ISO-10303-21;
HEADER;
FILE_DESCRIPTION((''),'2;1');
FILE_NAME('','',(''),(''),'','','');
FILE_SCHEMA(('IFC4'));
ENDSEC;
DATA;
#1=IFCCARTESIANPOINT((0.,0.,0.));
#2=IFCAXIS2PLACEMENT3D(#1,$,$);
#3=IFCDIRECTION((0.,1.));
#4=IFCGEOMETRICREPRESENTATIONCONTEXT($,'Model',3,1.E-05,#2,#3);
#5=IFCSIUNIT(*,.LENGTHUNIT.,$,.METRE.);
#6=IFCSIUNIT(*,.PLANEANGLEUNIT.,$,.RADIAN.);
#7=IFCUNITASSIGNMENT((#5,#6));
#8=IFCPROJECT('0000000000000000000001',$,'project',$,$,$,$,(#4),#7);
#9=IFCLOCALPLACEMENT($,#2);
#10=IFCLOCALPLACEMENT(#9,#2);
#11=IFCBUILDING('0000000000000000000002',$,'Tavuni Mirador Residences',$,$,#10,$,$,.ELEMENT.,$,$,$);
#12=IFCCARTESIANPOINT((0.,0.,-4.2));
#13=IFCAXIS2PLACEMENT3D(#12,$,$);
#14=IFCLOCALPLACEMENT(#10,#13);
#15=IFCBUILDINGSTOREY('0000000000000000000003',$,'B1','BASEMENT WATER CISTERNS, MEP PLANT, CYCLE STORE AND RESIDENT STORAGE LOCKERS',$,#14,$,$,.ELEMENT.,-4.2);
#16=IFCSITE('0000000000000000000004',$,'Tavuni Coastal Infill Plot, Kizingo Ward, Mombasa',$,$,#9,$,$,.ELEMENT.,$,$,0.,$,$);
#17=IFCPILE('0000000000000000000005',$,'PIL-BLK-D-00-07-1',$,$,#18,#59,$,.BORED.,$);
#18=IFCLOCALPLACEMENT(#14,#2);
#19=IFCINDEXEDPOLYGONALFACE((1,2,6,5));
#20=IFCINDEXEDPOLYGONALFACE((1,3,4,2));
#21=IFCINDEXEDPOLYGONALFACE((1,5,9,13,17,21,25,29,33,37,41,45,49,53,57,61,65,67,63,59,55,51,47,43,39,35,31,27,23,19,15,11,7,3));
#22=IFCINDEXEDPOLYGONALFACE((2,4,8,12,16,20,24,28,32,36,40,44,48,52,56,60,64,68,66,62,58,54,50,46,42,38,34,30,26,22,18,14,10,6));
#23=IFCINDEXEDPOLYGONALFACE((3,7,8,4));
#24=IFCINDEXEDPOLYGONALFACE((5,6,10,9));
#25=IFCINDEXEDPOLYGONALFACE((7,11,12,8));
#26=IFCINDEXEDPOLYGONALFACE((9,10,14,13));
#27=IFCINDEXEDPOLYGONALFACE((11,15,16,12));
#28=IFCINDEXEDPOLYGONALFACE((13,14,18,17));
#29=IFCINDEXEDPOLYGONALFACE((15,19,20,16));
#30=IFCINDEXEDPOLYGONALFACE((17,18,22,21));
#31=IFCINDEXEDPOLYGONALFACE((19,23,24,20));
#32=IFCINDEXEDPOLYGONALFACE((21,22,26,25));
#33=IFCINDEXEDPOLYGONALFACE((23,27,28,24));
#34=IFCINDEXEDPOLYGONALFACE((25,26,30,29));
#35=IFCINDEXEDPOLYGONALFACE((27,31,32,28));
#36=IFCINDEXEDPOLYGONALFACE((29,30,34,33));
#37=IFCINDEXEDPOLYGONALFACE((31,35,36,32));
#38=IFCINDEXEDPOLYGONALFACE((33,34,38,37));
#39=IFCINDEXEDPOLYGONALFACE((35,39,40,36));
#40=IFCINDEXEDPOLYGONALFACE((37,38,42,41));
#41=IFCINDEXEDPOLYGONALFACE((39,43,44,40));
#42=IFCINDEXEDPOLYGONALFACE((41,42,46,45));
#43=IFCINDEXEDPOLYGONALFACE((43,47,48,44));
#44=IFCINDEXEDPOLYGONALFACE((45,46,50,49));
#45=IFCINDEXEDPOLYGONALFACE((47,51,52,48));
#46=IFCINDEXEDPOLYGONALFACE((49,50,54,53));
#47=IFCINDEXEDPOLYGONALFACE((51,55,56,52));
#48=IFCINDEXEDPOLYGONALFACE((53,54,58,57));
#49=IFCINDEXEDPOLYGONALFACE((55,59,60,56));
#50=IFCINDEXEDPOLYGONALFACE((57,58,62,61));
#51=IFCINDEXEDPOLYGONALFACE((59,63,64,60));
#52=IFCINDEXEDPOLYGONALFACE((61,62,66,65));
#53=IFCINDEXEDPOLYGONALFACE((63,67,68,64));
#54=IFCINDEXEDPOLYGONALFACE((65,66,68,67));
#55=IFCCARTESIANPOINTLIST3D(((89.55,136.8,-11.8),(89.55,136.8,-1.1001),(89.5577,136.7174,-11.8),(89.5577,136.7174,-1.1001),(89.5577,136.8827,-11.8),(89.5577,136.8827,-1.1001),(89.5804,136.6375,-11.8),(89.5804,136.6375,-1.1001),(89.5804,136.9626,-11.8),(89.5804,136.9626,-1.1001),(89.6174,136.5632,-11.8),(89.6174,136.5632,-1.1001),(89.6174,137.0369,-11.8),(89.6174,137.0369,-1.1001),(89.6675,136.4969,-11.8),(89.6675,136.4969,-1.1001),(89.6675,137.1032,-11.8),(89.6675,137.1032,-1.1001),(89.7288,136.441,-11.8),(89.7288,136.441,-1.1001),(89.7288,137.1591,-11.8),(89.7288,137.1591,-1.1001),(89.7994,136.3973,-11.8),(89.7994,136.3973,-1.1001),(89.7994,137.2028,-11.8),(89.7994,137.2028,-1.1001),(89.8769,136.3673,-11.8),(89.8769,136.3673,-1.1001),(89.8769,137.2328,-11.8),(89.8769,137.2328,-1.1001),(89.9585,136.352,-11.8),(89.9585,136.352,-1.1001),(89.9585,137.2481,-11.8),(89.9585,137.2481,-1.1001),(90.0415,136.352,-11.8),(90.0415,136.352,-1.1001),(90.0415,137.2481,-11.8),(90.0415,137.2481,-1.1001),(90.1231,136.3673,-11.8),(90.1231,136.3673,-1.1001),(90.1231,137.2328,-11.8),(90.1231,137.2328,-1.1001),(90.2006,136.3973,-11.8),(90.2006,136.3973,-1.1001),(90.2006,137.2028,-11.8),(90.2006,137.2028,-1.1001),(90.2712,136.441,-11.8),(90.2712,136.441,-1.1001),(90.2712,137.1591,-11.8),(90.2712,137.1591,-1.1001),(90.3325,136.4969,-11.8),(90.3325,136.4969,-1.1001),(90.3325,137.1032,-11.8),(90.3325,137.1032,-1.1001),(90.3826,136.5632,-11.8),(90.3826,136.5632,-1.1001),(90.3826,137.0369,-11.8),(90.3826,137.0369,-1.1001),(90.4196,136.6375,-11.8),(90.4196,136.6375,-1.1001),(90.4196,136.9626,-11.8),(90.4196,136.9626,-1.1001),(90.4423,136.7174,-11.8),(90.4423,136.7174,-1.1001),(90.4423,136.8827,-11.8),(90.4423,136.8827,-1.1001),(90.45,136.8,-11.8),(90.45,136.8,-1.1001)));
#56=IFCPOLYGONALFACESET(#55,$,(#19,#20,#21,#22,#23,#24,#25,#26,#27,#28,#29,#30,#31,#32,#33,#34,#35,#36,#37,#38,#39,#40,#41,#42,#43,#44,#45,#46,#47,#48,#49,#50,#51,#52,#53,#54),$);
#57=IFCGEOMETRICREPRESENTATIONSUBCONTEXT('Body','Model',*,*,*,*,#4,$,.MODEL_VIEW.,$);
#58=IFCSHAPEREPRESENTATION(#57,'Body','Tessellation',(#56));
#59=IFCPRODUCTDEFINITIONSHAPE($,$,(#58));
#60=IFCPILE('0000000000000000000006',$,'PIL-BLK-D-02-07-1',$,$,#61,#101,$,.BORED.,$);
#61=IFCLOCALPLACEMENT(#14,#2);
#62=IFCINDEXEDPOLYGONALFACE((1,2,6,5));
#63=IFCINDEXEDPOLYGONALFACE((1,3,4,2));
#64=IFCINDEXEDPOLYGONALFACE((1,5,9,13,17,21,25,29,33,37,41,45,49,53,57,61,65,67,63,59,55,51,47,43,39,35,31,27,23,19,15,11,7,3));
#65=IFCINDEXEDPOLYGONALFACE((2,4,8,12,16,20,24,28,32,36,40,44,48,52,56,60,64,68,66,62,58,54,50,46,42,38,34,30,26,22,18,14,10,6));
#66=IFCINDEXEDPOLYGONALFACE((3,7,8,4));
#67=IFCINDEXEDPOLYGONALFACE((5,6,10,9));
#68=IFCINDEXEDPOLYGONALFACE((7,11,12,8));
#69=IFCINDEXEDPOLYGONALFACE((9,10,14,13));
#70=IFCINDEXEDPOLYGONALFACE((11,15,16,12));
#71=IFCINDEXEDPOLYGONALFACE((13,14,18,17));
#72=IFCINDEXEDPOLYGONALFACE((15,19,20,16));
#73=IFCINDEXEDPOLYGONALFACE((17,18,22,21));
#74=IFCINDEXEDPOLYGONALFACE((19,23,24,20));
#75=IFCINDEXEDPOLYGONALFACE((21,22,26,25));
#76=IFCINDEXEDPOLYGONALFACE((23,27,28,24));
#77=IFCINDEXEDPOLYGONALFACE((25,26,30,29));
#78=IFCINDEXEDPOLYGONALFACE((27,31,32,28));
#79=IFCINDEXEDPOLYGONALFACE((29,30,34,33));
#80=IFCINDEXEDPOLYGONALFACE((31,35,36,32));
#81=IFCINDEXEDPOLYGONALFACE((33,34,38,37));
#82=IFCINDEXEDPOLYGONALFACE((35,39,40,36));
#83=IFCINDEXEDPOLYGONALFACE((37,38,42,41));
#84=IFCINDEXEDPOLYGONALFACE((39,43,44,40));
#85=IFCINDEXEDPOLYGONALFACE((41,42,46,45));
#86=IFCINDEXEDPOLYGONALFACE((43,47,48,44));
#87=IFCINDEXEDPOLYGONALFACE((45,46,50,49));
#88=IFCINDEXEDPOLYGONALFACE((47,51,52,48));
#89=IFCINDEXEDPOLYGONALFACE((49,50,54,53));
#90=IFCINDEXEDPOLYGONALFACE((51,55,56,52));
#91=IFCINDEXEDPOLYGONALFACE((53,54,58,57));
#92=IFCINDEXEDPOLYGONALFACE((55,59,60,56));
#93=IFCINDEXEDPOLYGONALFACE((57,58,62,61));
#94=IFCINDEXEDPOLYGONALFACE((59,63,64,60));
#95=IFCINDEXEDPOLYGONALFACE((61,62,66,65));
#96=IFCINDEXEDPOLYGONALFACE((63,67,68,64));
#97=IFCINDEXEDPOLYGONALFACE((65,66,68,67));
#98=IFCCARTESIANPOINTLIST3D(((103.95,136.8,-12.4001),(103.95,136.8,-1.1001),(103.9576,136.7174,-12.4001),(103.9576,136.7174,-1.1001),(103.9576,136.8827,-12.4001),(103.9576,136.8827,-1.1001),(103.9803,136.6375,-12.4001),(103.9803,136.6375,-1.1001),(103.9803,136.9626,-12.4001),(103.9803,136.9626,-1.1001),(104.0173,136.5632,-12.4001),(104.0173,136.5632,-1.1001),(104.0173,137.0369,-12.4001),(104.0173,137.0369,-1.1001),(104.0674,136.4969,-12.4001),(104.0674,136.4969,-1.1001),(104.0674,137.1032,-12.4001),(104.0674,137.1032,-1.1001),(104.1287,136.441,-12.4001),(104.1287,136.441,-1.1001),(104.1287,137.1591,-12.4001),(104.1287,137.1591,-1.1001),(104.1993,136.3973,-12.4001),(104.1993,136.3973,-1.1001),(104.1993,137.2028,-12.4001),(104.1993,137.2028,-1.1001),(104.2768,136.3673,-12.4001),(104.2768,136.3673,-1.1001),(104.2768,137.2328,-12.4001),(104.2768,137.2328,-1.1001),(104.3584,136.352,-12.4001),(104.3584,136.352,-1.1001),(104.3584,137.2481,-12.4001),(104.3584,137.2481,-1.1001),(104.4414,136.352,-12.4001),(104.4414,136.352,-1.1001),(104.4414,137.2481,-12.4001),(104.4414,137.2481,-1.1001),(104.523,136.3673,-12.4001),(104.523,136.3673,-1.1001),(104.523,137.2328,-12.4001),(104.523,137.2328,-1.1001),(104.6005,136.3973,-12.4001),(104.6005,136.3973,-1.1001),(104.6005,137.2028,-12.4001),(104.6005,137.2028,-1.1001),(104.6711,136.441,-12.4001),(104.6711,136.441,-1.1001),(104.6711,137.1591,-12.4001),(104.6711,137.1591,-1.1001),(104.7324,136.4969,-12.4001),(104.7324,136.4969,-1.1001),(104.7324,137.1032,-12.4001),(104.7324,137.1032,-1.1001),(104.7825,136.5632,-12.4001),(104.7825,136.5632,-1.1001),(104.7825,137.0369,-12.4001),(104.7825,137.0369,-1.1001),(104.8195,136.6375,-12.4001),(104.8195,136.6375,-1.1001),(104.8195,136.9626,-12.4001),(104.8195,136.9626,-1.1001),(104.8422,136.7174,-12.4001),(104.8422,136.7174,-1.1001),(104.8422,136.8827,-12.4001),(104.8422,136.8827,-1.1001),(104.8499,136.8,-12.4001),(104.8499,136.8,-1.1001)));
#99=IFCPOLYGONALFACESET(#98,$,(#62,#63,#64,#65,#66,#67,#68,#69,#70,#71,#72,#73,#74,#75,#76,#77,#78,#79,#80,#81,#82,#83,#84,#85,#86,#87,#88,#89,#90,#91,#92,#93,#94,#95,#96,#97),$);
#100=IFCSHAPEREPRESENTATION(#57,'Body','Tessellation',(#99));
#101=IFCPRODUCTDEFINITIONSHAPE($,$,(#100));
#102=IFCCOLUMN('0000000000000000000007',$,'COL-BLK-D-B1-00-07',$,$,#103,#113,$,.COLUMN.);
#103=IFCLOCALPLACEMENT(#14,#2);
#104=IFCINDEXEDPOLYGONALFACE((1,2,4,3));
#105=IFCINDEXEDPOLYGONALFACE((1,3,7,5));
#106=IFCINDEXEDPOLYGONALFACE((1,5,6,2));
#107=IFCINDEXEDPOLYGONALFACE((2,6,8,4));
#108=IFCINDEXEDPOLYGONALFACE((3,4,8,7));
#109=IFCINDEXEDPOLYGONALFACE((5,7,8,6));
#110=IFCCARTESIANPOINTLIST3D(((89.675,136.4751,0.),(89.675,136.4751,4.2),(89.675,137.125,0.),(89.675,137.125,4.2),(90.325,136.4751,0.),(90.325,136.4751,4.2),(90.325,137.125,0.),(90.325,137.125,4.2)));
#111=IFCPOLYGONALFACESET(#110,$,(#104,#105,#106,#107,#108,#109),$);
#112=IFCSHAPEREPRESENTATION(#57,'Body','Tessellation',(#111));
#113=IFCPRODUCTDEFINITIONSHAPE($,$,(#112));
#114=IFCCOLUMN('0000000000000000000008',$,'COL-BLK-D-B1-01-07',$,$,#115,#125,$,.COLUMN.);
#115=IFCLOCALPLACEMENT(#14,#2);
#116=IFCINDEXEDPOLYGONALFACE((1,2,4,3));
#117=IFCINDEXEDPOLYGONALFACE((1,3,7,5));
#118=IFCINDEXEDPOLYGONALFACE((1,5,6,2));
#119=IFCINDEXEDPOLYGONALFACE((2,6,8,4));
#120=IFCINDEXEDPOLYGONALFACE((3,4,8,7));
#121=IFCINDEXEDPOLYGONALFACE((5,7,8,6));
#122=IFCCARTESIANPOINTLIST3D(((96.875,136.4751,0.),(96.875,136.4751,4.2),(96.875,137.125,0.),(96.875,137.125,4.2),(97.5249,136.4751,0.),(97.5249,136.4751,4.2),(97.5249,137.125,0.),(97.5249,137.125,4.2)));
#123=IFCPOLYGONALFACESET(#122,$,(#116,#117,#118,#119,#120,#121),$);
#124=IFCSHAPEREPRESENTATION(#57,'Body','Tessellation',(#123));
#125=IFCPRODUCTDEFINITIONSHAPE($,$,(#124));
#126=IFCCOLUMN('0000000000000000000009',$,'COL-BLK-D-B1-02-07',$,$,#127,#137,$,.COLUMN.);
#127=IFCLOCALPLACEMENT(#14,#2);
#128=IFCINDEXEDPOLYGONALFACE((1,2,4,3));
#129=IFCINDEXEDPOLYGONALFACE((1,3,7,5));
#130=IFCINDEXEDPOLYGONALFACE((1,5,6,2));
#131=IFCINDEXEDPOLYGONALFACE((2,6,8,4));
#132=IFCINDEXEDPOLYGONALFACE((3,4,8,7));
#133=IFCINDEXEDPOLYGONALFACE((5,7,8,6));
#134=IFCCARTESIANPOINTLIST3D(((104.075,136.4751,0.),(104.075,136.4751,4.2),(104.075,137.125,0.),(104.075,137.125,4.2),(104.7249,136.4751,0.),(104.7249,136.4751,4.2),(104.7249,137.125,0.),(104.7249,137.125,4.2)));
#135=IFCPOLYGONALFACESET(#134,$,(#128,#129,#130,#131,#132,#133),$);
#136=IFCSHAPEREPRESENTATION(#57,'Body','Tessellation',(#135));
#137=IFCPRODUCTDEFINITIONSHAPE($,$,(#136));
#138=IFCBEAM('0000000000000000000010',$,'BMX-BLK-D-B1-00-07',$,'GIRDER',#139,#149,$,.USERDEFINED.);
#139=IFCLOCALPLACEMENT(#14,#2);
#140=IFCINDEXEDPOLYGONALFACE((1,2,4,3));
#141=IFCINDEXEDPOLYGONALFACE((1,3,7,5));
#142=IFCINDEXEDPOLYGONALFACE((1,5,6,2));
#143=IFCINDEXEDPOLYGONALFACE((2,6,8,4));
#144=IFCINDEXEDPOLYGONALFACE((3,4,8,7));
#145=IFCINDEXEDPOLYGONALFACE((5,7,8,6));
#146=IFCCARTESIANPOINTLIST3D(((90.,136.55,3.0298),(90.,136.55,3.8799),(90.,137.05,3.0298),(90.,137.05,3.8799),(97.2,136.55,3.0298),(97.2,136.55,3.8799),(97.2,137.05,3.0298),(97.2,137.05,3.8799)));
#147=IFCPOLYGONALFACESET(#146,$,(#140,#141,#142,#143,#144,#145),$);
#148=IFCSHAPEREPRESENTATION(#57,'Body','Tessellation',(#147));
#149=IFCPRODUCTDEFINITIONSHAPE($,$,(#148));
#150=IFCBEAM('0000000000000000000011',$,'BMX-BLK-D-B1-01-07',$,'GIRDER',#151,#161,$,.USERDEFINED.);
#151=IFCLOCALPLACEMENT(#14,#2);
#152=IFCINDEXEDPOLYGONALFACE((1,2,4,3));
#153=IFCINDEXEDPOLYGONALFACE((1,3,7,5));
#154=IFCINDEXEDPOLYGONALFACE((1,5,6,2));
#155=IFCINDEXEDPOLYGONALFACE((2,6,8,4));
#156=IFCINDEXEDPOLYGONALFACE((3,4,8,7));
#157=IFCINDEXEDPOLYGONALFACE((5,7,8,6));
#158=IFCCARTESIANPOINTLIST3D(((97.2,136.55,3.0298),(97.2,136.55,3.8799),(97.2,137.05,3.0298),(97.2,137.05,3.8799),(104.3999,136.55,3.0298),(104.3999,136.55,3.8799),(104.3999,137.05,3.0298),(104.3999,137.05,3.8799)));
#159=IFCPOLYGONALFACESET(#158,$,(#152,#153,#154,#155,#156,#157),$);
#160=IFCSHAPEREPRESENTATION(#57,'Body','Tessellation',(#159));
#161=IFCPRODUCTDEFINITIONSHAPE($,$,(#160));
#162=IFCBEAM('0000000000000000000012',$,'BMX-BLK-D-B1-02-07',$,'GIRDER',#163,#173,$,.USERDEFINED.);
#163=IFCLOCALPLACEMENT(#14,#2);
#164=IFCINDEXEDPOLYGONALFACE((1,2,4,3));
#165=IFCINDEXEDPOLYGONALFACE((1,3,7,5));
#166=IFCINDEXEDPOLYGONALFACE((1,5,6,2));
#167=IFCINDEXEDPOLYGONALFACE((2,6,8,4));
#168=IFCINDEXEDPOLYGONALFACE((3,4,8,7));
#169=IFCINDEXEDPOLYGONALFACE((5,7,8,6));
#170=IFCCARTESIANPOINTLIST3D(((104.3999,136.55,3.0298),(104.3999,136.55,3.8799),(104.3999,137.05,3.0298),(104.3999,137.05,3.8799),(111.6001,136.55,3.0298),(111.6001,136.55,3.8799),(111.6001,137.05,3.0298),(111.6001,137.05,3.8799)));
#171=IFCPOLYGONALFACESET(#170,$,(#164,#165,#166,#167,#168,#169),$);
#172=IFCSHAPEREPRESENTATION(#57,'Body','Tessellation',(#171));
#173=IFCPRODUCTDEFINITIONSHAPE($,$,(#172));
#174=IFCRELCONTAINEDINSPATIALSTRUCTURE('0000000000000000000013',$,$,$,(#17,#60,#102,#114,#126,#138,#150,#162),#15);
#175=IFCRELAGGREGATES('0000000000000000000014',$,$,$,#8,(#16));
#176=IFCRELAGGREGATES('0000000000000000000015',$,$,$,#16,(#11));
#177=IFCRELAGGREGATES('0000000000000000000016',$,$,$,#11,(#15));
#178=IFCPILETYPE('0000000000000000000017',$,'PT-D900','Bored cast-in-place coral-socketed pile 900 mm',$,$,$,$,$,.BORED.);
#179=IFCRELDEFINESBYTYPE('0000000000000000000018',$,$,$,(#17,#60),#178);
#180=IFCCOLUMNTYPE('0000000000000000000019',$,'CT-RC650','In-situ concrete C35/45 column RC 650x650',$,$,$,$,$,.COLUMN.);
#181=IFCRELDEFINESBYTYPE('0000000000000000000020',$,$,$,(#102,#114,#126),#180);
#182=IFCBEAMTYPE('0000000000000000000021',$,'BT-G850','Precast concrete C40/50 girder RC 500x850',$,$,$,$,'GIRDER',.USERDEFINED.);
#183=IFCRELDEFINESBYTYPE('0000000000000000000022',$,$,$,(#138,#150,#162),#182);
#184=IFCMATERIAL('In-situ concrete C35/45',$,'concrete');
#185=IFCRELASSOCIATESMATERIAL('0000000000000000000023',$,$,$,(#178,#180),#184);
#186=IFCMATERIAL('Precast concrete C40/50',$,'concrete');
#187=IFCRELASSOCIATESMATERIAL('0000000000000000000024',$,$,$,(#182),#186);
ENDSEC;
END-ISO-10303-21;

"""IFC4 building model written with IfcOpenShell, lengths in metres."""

from ifc_helpers import new_model, si_unit, direction, frame, origin, origin_2d, place, context, subcontext, project, spatial, rectangle, circle, extrude, material, material_profile, profile_set, type_object, element, save


model = new_model("IFC4")

# Units and contexts
model_context = context("Model", 3, precision=1e-05, world=origin(), true_north=direction((0.0, 1.0)))
body_context = subcontext(model_context, "Body", "Model", "MODEL_VIEW")
ifc_project = project(units=[si_unit("LENGTHUNIT", "METRE"), si_unit("PLANEANGLEUNIT", "RADIAN")], contexts=[model_context])

# Site, building, storey
site_placement = place(None, origin())
site = spatial("IfcSite", under=ifc_project, at=site_placement, Name="Tavuni Coastal Infill Plot, Kizingo Ward, Mombasa", CompositionType="ELEMENT", RefElevation=0.0)
building_placement = place(site_placement, origin())
building = spatial("IfcBuilding", under=site, at=building_placement, Name="Tavuni Mirador Residences", CompositionType="ELEMENT")
storey_placement = place(building_placement, frame((0.0, 0.0, -4.2)))
storey = spatial("IfcBuildingStorey", under=building, at=storey_placement, Name="B1", Description="BASEMENT WATER CISTERNS, MEP PLANT, CYCLE STORE AND RESIDENT STORAGE LOCKERS", CompositionType="ELEMENT", Elevation=-4.2)

# Shared definitions
ifc_material_1 = material(Name="In-situ concrete C35/45", Category="concrete")

# Piles
ifc_material_profile_1 = material_profile(ifc_material_1, circle(Radius=0.45, at=origin_2d()), Name="PILE D900", Category="concrete")
ifc_profile_set_1 = profile_set([ifc_material_profile_1], Name="In-situ concrete C35/45")
pile_type_1 = type_object("IfcPileType", Name="PT-D900", Description="Bored cast-in-place coral-socketed pile 900 mm", PredefinedType="BORED", material=ifc_profile_set_1)
pile_1_placement = place(storey_placement, frame((90.0, 136.8, -1.1001), z_axis=(0.0, 0.0, -1.0), x_axis=(1.0, 0.0, 0.0)))
element("IfcPile", 1, at=pile_1_placement, inside=storey, type_object=pile_type_1, Name="PIL-BLK-D-00-07-1", PredefinedType="BORED", context=body_context, shape_type="SweptSolid", body=[
    extrude(circle(Radius=0.45, at=origin_2d()), origin(), (0.0, 0.0, 1.0), 10.7),
])
pile_2_placement = place(storey_placement, frame((104.3999, 136.8, -1.1001), z_axis=(0.0, 0.0, -1.0), x_axis=(1.0, 0.0, 0.0)))
element("IfcPile", 2, at=pile_2_placement, inside=storey, type_object=pile_type_1, Name="PIL-BLK-D-02-07-1", PredefinedType="BORED", context=body_context, shape_type="SweptSolid", body=[
    extrude(circle(Radius=0.45, at=origin_2d()), origin(), (0.0, 0.0, 1.0), 11.3),
])

# Columns
ifc_material_profile_2 = material_profile(ifc_material_1, rectangle(XDim=0.6499, YDim=0.6499, at=origin_2d()), Name="RC 650x650", Category="concrete")
ifc_profile_set_2 = profile_set([ifc_material_profile_2], Name="In-situ concrete C35/45")
column_type = type_object("IfcColumnType", Name="CT-RC650", Description="In-situ concrete C35/45 column RC 650x650", PredefinedType="COLUMN", material=ifc_profile_set_2)
for number, where, z_axis, x_axis, name in (
    (3, (90.0, 136.8, 0.0), (0.0, 0.0, 1.0), (1.0, 0.0, 0.0), "COL-BLK-D-B1-00-07"),
    (4, (97.2, 136.8, 0.0), (0.0, 0.0, 1.0), (1.0, 0.0, 0.0), "COL-BLK-D-B1-01-07"),
    (5, (104.3999, 136.8, 0.0), (0.0, 0.0, 1.0), (1.0, 0.0, 0.0), "COL-BLK-D-B1-02-07"),
):
    element("IfcColumn", number, at=place(storey_placement, frame(where, z_axis=z_axis, x_axis=x_axis)), inside=storey, type_object=column_type, Name=name, PredefinedType="COLUMN", context=body_context, shape_type="SweptSolid", body=[
        extrude(rectangle(XDim=0.6499, YDim=0.6499, at=origin_2d()), origin(), (0.0, 0.0, 1.0), 4.2),
    ])

# Beams
ifc_material_2 = material(Name="Precast concrete C40/50", Category="concrete")
ifc_material_profile_3 = material_profile(ifc_material_2, rectangle(XDim=0.5, YDim=0.8501, at=origin_2d()), Name="RC 500x850", Category="concrete")
ifc_profile_set_3 = profile_set([ifc_material_profile_3], Name="Precast concrete C40/50")
beam_type = type_object("IfcBeamType", Name="BT-G850", Description="Precast concrete C40/50 girder RC 500x850", ElementType="GIRDER", PredefinedType="USERDEFINED", material=ifc_profile_set_3)
for number, where, z_axis, x_axis, name in (
    (6, (90.0, 136.8, 3.4548), (1.0, 0.0, 0.0), (0.0, 1.0, 0.0), "BMX-BLK-D-B1-00-07"),
    (7, (97.2, 136.8, 3.4548), (1.0, 0.0, 0.0), (0.0, 1.0, 0.0), "BMX-BLK-D-B1-01-07"),
):
    element("IfcBeam", number, at=place(storey_placement, frame(where, z_axis=z_axis, x_axis=x_axis)), inside=storey, type_object=beam_type, Name=name, ObjectType="GIRDER", PredefinedType="USERDEFINED", context=body_context, shape_type="SweptSolid", body=[
        extrude(rectangle(XDim=0.5, YDim=0.8501, at=origin_2d()), origin(), (0.0, 0.0, 1.0), 7.2),
    ])
beam_placement = place(storey_placement, frame((104.3999, 136.8, 3.4548), z_axis=(1.0, 0.0, 0.0), x_axis=(0.0, 1.0, 0.0)))
element("IfcBeam", 8, at=beam_placement, inside=storey, type_object=beam_type, Name="BMX-BLK-D-B1-02-07", ObjectType="GIRDER", PredefinedType="USERDEFINED", context=body_context, shape_type="SweptSolid", body=[
    extrude(rectangle(XDim=0.5, YDim=0.8501, at=origin_2d()), origin(), (0.0, 0.0, 1.0), 7.2002),
])

save(model, "model.ifc")
